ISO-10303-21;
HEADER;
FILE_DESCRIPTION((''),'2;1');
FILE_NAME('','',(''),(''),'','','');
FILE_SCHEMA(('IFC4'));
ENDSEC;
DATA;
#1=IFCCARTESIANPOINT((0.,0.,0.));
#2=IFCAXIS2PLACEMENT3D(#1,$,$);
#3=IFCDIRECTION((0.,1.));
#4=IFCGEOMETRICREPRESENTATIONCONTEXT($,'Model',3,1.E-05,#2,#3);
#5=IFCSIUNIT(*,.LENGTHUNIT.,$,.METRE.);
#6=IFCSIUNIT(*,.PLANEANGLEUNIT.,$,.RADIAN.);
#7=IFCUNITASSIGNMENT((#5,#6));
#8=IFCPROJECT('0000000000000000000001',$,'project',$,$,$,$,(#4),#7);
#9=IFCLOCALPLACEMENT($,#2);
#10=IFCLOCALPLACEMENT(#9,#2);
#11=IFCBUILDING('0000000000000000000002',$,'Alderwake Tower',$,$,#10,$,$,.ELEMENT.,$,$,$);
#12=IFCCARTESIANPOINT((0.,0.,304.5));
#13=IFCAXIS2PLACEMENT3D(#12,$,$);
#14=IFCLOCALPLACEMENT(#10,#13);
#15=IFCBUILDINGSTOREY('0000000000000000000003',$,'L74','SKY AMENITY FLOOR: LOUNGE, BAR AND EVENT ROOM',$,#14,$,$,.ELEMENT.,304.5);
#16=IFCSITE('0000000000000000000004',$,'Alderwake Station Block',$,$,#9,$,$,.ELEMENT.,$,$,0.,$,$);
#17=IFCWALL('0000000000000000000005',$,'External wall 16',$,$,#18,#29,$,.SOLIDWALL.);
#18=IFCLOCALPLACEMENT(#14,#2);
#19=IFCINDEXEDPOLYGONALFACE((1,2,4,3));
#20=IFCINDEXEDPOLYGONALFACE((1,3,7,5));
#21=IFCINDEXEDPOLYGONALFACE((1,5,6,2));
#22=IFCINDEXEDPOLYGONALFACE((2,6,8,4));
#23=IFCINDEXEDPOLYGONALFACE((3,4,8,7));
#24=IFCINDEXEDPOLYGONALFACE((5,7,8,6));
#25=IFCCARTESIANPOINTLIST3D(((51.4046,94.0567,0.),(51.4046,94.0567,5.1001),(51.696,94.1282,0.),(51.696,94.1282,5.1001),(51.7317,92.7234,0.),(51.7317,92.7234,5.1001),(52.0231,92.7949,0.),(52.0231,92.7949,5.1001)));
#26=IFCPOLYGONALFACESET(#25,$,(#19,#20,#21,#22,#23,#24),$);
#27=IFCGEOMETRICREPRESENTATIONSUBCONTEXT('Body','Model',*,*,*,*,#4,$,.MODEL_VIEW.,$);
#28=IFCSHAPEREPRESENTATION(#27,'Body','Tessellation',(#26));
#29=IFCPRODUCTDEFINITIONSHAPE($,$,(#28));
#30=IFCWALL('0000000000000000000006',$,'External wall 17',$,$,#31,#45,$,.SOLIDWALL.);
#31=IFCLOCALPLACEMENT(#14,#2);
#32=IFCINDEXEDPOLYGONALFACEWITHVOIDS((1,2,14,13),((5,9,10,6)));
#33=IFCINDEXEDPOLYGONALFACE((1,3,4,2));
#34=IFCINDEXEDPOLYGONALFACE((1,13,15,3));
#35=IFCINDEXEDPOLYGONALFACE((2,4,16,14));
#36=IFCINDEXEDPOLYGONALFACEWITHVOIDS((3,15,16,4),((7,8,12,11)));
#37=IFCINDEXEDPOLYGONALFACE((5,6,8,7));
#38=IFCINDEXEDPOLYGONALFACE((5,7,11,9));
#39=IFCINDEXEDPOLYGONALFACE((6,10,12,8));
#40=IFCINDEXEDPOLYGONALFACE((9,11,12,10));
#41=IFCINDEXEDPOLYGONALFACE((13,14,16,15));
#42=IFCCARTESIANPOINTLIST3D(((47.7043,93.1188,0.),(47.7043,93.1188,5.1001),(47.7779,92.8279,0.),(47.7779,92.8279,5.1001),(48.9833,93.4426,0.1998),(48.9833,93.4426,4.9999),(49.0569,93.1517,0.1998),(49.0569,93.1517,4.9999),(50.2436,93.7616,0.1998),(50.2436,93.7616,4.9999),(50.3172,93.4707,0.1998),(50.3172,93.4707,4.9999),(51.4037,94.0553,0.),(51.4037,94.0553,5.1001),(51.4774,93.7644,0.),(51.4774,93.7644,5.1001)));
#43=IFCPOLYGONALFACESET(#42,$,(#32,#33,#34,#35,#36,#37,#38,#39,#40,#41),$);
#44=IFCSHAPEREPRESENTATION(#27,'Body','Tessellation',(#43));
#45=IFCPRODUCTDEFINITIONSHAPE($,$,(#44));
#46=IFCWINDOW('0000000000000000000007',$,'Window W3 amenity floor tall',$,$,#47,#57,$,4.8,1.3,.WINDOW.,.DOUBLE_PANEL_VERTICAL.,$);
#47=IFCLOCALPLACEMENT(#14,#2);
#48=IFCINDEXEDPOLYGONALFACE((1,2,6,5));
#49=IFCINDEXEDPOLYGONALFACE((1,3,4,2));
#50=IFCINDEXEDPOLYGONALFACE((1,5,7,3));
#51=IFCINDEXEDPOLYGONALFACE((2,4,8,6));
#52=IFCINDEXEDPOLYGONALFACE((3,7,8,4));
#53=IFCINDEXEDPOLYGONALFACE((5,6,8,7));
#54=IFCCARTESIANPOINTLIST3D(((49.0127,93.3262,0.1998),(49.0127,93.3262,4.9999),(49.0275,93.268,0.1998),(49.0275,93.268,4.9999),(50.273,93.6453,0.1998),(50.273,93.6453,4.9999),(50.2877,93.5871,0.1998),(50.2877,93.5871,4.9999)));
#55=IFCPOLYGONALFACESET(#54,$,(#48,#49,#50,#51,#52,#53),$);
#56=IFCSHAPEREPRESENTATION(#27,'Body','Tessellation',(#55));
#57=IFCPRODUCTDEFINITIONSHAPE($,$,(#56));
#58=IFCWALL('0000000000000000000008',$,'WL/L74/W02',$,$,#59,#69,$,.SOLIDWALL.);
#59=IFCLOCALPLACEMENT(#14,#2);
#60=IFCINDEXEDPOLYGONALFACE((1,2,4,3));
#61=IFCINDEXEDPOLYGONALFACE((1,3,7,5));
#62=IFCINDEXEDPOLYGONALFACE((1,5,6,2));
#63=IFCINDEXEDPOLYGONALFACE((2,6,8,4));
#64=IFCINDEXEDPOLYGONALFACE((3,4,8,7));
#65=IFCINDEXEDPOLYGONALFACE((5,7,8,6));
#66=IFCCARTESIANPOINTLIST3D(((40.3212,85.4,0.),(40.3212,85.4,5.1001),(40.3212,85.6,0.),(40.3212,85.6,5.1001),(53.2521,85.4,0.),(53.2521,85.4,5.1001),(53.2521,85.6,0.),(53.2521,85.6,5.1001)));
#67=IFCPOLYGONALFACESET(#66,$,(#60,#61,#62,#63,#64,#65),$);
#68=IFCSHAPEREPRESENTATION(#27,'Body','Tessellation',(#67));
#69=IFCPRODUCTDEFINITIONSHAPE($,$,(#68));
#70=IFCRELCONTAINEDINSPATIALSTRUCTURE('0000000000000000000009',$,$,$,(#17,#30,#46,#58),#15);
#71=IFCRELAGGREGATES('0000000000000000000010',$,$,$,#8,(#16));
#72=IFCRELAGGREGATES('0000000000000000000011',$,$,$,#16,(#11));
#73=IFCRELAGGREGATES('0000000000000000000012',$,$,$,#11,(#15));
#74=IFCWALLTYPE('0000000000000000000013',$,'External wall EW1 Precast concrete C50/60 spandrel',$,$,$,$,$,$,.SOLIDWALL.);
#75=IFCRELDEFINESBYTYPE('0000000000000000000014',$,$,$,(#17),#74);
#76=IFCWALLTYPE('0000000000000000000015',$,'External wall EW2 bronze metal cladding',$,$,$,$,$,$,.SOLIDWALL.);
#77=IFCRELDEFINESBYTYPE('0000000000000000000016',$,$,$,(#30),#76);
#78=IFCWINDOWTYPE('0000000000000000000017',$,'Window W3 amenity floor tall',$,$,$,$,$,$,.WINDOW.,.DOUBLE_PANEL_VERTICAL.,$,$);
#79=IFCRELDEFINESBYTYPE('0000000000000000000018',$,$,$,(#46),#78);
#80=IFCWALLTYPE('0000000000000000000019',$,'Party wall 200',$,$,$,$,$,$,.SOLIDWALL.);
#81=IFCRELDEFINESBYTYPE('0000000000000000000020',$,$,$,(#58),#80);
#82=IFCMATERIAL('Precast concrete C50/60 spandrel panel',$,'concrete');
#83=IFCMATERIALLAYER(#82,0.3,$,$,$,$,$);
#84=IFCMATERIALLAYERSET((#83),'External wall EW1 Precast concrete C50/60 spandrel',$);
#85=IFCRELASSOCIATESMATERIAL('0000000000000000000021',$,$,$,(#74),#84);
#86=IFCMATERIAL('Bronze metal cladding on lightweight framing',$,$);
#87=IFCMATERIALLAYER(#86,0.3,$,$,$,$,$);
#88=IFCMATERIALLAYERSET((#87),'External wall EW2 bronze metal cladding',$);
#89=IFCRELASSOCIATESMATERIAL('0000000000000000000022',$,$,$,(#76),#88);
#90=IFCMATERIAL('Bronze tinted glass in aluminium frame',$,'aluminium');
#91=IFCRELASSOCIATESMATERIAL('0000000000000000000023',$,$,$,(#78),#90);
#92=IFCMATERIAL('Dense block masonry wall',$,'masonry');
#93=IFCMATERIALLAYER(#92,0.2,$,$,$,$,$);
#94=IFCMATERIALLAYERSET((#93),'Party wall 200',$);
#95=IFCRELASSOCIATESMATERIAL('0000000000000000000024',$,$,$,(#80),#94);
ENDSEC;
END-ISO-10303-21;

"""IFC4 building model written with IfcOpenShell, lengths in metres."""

from ifc_helpers import new_model, si_unit, direction, frame, frame_2d, origin, place, context, subcontext, project, spatial, rectangle, extrude, material, layer, layer_set, type_object, element, fill, save


model = new_model("IFC4")

# Units and contexts
model_context = context("Model", 3, precision=1e-05, world=origin(), true_north=direction((0.0, 1.0)))
body_context = subcontext(model_context, "Body", "Model", "MODEL_VIEW")
ifc_project = project(units=[si_unit("LENGTHUNIT", "METRE"), si_unit("PLANEANGLEUNIT", "RADIAN")], contexts=[model_context])

# Site, building, storey
site_placement = place(None, origin())
site = spatial("IfcSite", under=ifc_project, at=site_placement, Name="Alderwake Station Block", CompositionType="ELEMENT", RefElevation=0.0)
building_placement = place(site_placement, origin())
building = spatial("IfcBuilding", under=site, at=building_placement, Name="Alderwake Tower", CompositionType="ELEMENT")
storey_placement = place(building_placement, frame((0.0, 0.0, 304.5)))
storey = spatial("IfcBuildingStorey", under=building, at=storey_placement, Name="L74", Description="SKY AMENITY FLOOR: LOUNGE, BAR AND EVENT ROOM", CompositionType="ELEMENT", Elevation=304.5)

# Wall
ifc_material_1 = material(Name="Precast concrete C50/60 spandrel panel", Category="concrete")
ifc_layer_1 = layer(ifc_material_1, 0.3)
ifc_layer_set_1 = layer_set([ifc_layer_1], Name="External wall EW1 Precast concrete C50/60 spandrel")
wall_type_1 = type_object("IfcWallType", Name="External wall EW1 Precast concrete C50/60 spandrel", PredefinedType="SOLIDWALL", material=ifc_layer_set_1)
wall_1_placement = place(storey_placement, frame((51.8774, 92.759, 0.0), z_axis=(0.0, 0.0, 1.0), x_axis=(-0.238307, 0.97119, 0.0)))
element("IfcWall", 1, at=wall_1_placement, inside=storey, type_object=wall_type_1, Name="External wall 16", PredefinedType="SOLIDWALL", context=body_context, shape_type="SweptSolid", body=[
    extrude(rectangle(XDim=1.3728, YDim=0.3, at=frame_2d((0.6865, 0.0))), origin(), (0.0, 0.0, 1.0), 5.1001),
])

# Wall, opening, window
ifc_material_2 = material(Name="Bronze metal cladding on lightweight framing")
ifc_layer_2 = layer(ifc_material_2, 0.3)
ifc_layer_set_2 = layer_set([ifc_layer_2], Name="External wall EW2 bronze metal cladding")
wall_type_2 = type_object("IfcWallType", Name="External wall EW2 bronze metal cladding", PredefinedType="SOLIDWALL", material=ifc_layer_set_2)
wall_2_placement = place(storey_placement, frame((51.4407, 93.9099, 0.0), z_axis=(0.0, 0.0, 1.0), x_axis=(-0.969419, -0.24541, 0.0)))
wall_2 = element("IfcWall", 2, at=wall_2_placement, inside=storey, type_object=wall_type_2, Name="External wall 17", PredefinedType="SOLIDWALL", context=body_context, shape_type="SweptSolid", body=[
    extrude(rectangle(XDim=3.8162, YDim=0.3, at=frame_2d((1.9082, 0.0))), origin(), (0.0, 0.0, 1.0), 5.1001),
])
opening_placement = place(wall_2_placement, frame((1.197, 0.0, 0.2)))
opening = element("IfcOpeningElement", 3, at=opening_placement, cuts=wall_2, PredefinedType="OPENING", context=body_context, shape_type="SweptSolid", body=[
    extrude(rectangle(XDim=1.3, YDim=4.8, at=frame_2d((0.6499, 2.3999))), frame((0.0, 0.1599, 0.0), z_axis=(0.0, -1.0, 0.0), x_axis=(1.0, 0.0, 0.0)), (0.0, 0.0, 1.0), 0.3201),
])
ifc_material_3 = material(Name="Bronze tinted glass in aluminium frame", Category="aluminium")
window_type = type_object("IfcWindowType", Name="Window W3 amenity floor tall", PartitioningType="DOUBLE_PANEL_VERTICAL", PredefinedType="WINDOW", material=ifc_material_3)
window_placement = place(opening_placement, origin())
window = element("IfcWindow", 4, at=window_placement, inside=storey, type_object=window_type, Name="Window W3 amenity floor tall", OverallHeight=4.8, OverallWidth=1.3, PartitioningType="DOUBLE_PANEL_VERTICAL", PredefinedType="WINDOW", context=body_context, shape_type="SweptSolid", body=[
    extrude(rectangle(XDim=1.3, YDim=4.8, at=frame_2d((0.6499, 2.3999))), frame((0.0, 0.03, 0.0), z_axis=(0.0, -1.0, 0.0), x_axis=(1.0, 0.0, 0.0)), (0.0, 0.0, 1.0), 0.0601),
])
fill(opening, window)

# Wall
ifc_material_4 = material(Name="Dense block masonry wall", Category="masonry")
ifc_layer_3 = layer(ifc_material_4, 0.2)
ifc_layer_set_3 = layer_set([ifc_layer_3], Name="Party wall 200")
wall_type_3 = type_object("IfcWallType", Name="Party wall 200", PredefinedType="SOLIDWALL", material=ifc_layer_set_3)
wall_3_placement = place(storey_placement, frame((53.252, 85.5, 0.0), z_axis=(0.0, 0.0, 1.0), x_axis=(-1.0, 0.0, 0.0)))
element("IfcWall", 5, at=wall_3_placement, inside=storey, type_object=wall_type_3, Name="WL/L74/W02", PredefinedType="SOLIDWALL", context=body_context, shape_type="SweptSolid", body=[
    extrude(rectangle(XDim=12.9309, YDim=0.2, at=frame_2d((6.4653, 0.0))), origin(), (0.0, 0.0, 1.0), 5.1001),
])

save(model, "model.ifc")
